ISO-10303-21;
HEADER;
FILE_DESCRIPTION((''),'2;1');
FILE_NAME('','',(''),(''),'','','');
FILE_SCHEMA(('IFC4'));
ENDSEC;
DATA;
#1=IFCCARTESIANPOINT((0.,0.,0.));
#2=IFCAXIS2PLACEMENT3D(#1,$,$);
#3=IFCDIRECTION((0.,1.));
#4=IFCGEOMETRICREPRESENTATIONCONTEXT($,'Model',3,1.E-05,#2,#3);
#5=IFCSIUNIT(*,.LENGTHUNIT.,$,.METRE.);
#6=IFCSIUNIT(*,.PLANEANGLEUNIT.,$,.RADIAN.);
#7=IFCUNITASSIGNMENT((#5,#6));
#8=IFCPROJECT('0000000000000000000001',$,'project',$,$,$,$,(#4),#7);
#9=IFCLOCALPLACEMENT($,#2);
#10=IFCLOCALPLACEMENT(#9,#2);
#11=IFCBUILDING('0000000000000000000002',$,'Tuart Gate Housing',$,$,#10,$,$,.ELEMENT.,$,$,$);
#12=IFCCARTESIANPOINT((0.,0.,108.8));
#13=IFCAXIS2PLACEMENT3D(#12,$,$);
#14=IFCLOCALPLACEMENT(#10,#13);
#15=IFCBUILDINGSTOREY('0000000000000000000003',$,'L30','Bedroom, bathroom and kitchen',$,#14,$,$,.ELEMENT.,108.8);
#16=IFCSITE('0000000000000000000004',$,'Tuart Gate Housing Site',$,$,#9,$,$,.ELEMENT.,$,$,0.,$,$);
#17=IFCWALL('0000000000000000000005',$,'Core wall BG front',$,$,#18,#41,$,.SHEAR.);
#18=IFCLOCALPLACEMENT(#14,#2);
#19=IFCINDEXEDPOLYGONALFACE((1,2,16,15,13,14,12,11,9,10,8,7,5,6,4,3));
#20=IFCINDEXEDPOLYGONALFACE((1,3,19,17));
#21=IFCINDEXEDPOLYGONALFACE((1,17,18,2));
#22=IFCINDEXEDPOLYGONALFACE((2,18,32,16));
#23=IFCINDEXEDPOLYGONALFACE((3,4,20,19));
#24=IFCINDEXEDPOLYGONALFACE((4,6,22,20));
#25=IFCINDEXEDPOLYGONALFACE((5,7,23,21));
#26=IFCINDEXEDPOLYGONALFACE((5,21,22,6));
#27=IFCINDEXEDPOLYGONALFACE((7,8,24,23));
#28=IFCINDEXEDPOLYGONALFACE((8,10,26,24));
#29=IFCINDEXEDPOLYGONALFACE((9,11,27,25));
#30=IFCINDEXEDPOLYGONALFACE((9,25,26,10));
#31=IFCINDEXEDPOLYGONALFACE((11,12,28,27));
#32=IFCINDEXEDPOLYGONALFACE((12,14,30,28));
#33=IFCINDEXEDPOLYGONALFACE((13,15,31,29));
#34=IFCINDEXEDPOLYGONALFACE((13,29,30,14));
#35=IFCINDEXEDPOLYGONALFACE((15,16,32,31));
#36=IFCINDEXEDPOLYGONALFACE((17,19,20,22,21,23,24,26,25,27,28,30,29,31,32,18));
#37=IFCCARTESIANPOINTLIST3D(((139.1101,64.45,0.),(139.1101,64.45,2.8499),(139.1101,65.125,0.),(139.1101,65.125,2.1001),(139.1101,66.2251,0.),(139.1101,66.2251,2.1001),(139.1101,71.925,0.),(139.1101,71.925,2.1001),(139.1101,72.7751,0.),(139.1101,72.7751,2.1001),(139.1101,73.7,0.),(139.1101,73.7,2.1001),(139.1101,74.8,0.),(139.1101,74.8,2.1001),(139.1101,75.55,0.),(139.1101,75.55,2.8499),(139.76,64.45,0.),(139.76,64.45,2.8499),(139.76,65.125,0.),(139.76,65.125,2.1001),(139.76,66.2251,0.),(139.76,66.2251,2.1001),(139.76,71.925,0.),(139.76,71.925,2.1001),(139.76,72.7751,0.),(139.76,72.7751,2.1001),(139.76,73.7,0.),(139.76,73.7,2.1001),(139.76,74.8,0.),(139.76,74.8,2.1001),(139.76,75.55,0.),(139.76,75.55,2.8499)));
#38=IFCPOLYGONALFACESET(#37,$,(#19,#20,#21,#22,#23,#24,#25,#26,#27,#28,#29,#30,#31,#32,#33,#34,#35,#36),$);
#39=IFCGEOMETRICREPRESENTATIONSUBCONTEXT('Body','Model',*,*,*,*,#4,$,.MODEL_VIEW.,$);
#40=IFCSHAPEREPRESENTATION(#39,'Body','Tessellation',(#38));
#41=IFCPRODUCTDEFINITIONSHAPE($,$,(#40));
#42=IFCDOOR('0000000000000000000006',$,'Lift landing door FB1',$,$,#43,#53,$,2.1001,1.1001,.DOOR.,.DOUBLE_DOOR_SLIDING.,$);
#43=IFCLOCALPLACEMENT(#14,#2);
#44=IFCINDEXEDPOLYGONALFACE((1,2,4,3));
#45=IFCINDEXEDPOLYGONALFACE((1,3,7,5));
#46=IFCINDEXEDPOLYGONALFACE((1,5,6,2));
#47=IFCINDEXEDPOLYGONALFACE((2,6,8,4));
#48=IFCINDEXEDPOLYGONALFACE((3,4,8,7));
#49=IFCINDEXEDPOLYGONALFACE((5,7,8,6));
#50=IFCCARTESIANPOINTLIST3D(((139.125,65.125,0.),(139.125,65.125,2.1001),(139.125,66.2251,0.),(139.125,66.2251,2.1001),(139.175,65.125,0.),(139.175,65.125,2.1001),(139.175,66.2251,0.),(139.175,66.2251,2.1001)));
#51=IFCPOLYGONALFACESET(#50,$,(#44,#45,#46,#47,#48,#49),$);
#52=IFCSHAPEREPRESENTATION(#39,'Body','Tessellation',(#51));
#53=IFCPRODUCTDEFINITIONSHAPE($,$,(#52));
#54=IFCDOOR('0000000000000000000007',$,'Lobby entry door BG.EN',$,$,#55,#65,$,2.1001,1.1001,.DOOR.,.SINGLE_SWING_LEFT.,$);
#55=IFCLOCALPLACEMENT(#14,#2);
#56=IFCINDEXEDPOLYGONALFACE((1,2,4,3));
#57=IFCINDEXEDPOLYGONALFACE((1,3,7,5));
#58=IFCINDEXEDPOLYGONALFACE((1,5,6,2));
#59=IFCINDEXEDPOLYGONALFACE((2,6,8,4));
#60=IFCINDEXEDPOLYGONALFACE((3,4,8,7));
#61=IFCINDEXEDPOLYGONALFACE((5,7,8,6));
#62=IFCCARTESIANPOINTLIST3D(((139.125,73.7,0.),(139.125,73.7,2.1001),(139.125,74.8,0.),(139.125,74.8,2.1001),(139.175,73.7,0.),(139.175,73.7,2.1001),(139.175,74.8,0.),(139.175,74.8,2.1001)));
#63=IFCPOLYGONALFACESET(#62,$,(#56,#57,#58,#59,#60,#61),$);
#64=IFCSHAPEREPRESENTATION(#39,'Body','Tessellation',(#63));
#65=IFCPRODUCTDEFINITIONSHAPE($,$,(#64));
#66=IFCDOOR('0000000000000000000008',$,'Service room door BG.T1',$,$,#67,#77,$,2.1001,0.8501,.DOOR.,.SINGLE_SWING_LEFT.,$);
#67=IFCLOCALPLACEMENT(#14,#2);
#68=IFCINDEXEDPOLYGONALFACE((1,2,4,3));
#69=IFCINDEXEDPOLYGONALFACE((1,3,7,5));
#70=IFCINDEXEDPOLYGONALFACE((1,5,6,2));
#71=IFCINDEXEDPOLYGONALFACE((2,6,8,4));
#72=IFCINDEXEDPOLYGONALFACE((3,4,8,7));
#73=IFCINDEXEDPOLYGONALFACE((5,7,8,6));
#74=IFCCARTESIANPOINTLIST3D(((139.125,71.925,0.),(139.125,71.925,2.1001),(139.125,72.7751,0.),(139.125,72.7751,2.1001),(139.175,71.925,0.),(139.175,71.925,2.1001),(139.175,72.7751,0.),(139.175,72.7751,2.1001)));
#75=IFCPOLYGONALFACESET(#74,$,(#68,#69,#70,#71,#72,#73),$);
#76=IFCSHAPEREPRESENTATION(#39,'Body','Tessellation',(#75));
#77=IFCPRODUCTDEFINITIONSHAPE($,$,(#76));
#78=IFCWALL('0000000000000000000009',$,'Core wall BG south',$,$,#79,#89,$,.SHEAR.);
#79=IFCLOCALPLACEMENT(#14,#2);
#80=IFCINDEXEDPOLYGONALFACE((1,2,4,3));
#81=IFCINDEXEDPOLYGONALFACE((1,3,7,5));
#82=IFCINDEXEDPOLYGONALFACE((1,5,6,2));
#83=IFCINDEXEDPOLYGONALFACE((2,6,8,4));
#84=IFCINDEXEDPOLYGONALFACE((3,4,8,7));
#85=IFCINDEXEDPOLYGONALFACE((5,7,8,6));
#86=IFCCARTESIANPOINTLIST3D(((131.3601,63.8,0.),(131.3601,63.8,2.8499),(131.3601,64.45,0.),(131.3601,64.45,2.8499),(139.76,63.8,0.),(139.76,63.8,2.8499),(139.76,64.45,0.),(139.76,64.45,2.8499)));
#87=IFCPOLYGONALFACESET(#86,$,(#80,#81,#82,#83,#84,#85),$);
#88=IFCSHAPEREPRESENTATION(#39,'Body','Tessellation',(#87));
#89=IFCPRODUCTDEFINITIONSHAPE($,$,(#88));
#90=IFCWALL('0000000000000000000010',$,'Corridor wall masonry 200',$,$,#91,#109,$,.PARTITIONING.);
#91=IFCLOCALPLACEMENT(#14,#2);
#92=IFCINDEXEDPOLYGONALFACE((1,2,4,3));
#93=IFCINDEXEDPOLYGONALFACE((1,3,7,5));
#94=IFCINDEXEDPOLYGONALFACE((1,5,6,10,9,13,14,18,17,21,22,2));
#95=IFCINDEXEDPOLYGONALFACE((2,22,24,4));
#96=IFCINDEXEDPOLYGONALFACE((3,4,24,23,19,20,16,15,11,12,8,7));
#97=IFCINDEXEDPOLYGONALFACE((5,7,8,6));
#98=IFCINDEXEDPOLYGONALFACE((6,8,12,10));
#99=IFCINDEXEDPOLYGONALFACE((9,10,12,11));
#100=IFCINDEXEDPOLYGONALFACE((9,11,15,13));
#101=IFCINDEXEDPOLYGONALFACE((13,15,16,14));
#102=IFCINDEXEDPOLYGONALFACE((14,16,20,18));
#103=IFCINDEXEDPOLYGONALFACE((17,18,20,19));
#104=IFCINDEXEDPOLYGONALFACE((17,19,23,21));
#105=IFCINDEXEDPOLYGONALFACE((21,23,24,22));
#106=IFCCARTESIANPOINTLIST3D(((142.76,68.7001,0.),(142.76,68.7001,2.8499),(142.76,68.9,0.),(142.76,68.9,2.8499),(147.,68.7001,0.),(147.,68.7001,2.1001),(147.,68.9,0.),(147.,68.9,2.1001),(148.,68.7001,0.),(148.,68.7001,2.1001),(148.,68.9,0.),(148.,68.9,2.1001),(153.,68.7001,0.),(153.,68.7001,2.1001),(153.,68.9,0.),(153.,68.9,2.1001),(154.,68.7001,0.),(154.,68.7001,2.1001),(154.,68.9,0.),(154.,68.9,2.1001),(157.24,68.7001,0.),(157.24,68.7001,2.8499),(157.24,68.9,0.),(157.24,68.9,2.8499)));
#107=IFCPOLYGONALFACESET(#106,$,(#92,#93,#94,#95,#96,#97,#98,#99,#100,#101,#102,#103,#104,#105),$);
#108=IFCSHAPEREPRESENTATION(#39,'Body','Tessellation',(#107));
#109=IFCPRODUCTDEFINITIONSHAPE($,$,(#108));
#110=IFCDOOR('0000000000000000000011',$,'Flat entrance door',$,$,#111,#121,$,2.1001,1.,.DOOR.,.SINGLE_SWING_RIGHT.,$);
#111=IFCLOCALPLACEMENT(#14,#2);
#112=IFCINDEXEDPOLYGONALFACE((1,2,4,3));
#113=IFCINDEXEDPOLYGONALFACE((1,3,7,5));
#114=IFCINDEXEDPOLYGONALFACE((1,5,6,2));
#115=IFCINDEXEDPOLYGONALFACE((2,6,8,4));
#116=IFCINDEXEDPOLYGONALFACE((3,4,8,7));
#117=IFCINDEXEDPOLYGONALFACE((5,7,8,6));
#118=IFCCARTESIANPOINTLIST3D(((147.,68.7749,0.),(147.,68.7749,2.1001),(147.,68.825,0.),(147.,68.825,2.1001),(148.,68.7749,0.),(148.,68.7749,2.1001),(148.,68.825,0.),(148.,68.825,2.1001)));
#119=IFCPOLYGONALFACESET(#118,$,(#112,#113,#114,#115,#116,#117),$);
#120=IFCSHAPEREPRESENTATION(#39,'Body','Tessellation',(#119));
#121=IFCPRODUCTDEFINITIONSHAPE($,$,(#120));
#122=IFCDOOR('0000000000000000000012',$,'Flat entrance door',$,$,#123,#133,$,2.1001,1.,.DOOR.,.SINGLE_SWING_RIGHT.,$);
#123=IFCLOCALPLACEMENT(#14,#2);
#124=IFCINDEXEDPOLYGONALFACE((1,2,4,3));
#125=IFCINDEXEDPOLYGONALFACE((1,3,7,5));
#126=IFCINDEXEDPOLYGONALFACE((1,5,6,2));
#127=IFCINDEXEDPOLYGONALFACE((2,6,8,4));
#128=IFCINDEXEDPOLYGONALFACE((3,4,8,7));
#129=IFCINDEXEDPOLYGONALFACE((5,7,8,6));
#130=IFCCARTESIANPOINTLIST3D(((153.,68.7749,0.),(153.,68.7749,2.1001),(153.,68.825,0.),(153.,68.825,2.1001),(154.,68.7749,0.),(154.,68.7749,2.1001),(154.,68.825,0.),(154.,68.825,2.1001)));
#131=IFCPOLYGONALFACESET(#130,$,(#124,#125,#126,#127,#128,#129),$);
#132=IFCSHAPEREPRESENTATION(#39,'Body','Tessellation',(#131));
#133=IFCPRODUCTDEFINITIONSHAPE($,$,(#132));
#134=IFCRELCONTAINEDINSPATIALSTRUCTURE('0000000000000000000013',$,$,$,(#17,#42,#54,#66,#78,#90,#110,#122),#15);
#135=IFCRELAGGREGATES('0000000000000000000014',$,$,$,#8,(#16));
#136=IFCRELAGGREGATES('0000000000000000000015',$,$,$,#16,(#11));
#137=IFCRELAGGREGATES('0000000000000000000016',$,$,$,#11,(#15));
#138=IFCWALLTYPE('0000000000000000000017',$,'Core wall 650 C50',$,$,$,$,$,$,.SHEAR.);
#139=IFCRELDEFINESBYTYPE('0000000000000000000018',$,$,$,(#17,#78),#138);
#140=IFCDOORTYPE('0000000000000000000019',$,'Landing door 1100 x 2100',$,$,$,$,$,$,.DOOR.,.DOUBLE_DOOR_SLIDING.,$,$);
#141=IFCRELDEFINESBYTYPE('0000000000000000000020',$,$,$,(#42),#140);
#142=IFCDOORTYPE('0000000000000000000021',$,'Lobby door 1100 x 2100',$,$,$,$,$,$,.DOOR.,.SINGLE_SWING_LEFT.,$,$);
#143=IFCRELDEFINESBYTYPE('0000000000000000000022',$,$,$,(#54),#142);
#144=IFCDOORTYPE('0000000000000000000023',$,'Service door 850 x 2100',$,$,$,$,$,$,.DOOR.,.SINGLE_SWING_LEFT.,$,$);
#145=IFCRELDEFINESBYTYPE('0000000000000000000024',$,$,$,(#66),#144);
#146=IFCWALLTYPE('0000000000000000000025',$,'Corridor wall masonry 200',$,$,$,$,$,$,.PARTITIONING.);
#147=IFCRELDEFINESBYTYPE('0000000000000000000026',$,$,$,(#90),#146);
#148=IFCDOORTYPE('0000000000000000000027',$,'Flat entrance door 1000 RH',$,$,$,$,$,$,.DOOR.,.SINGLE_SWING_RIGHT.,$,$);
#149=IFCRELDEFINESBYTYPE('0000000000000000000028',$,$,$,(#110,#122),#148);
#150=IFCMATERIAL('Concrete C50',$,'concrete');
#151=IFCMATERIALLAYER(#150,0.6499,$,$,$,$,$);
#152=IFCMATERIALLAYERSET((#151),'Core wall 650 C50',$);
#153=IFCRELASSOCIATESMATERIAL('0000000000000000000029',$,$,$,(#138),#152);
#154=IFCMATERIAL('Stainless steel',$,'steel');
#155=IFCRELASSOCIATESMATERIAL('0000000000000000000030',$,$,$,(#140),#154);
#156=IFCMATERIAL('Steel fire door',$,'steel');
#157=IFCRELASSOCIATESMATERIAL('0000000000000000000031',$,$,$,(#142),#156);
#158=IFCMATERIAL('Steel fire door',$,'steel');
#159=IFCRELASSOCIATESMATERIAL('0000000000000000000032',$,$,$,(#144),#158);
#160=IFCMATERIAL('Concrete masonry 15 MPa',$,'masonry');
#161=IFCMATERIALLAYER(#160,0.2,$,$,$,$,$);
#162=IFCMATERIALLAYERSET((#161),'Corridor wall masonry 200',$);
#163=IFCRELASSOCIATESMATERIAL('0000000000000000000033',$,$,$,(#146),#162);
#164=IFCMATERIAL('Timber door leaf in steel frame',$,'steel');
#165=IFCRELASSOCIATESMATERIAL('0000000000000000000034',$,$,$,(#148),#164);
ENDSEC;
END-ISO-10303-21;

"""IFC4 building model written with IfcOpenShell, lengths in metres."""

from ifc_helpers import new_model, si_unit, direction, frame, frame_2d, origin, place, context, subcontext, project, spatial, rectangle, extrude, material, layer, layer_set, type_object, element, fill, save


model = new_model("IFC4")

# Units and contexts
model_context = context("Model", 3, precision=1e-05, world=origin(), true_north=direction((0.0, 1.0)))
body_context = subcontext(model_context, "Body", "Model", "MODEL_VIEW")
ifc_project = project(units=[si_unit("LENGTHUNIT", "METRE"), si_unit("PLANEANGLEUNIT", "RADIAN")], contexts=[model_context])

# Site, building, storey
site_placement = place(None, origin())
site = spatial("IfcSite", under=ifc_project, at=site_placement, Name="Tuart Gate Housing Site", CompositionType="ELEMENT", RefElevation=0.0)
building_placement = place(site_placement, origin())
building = spatial("IfcBuilding", under=site, at=building_placement, Name="Tuart Gate Housing", CompositionType="ELEMENT")
storey_placement = place(building_placement, frame((0.0, 0.0, 108.8)))
storey = spatial("IfcBuildingStorey", under=building, at=storey_placement, Name="L30", Description="Bedroom, bathroom and kitchen", CompositionType="ELEMENT", Elevation=108.8)

# Wall, openings, doors
ifc_material_1 = material(Name="Concrete C50", Category="concrete")
ifc_layer_1 = layer(ifc_material_1, 0.6499)
ifc_layer_set_1 = layer_set([ifc_layer_1], Name="Core wall 650 C50")
wall_type_1 = type_object("IfcWallType", Name="Core wall 650 C50", PredefinedType="SHEAR", material=ifc_layer_set_1)
wall_1_placement = place(storey_placement, frame((139.4351, 64.45, 0.0), z_axis=(0.0, 0.0, 1.0), x_axis=(0.0, 1.0, 0.0)))
wall_1 = element("IfcWall", 1, at=wall_1_placement, inside=storey, type_object=wall_type_1, Name="Core wall BG front", PredefinedType="SHEAR", context=body_context, shape_type="SweptSolid", body=[
    extrude(rectangle(XDim=11.1001, YDim=0.6499, at=frame_2d((5.55, 0.0))), origin(), (0.0, 0.0, 1.0), 2.8499),
])
opening_1_placement = place(wall_1_placement, frame((0.675, 0.0, 0.0)))
opening_1 = element("IfcOpeningElement", 2, at=opening_1_placement, cuts=wall_1, PredefinedType="OPENING", context=body_context, shape_type="SweptSolid", body=[
    extrude(rectangle(XDim=1.1001, YDim=2.1001, at=frame_2d((0.55, 1.05))), frame((0.0, 0.335, 0.0), z_axis=(0.0, -1.0, 0.0), x_axis=(1.0, 0.0, 0.0)), (0.0, 0.0, 1.0), 0.6699),
])
opening_2_placement = place(wall_1_placement, frame((9.25, 0.0, 0.0)))
opening_2 = element("IfcOpeningElement", 3, at=opening_2_placement, cuts=wall_1, PredefinedType="OPENING", context=body_context, shape_type="SweptSolid", body=[
    extrude(rectangle(XDim=1.1001, YDim=2.1001, at=frame_2d((0.55, 1.05))), frame((0.0, 0.335, 0.0), z_axis=(0.0, -1.0, 0.0), x_axis=(1.0, 0.0, 0.0)), (0.0, 0.0, 1.0), 0.6699),
])
opening_3_placement = place(wall_1_placement, frame((7.4751, 0.0, 0.0)))
opening_3 = element("IfcOpeningElement", 4, at=opening_3_placement, cuts=wall_1, PredefinedType="OPENING", context=body_context, shape_type="SweptSolid", body=[
    extrude(rectangle(XDim=0.8501, YDim=2.1001, at=frame_2d((0.425, 1.05))), frame((0.0, 0.335, 0.0), z_axis=(0.0, -1.0, 0.0), x_axis=(1.0, 0.0, 0.0)), (0.0, 0.0, 1.0), 0.6699),
])
ifc_material_2 = material(Name="Stainless steel", Category="steel")
door_type_1 = type_object("IfcDoorType", Name="Landing door 1100 x 2100", OperationType="DOUBLE_DOOR_SLIDING", PredefinedType="DOOR", material=ifc_material_2)
door_1_placement = place(opening_1_placement, origin())
door_1 = element("IfcDoor", 5, at=door_1_placement, inside=storey, type_object=door_type_1, Name="Lift landing door FB1", OperationType="DOUBLE_DOOR_SLIDING", OverallHeight=2.1001, OverallWidth=1.1001, PredefinedType="DOOR", context=body_context, shape_type="SweptSolid", body=[
    extrude(rectangle(XDim=1.1001, YDim=2.1001, at=frame_2d((0.55, 1.05))), frame((0.0, 0.3101, 0.0), z_axis=(0.0, -1.0, 0.0), x_axis=(1.0, 0.0, 0.0)), (0.0, 0.0, 1.0), 0.05),
])
fill(opening_1, door_1)
ifc_material_3 = material(Name="Steel fire door", Category="steel")
door_type_2 = type_object("IfcDoorType", Name="Lobby door 1100 x 2100", OperationType="SINGLE_SWING_LEFT", PredefinedType="DOOR", material=ifc_material_3)
door_2_placement = place(opening_2_placement, origin())
door_2 = element("IfcDoor", 6, at=door_2_placement, inside=storey, type_object=door_type_2, Name="Lobby entry door BG.EN", OperationType="SINGLE_SWING_LEFT", OverallHeight=2.1001, OverallWidth=1.1001, PredefinedType="DOOR", context=body_context, shape_type="SweptSolid", body=[
    extrude(rectangle(XDim=1.1001, YDim=2.1001, at=frame_2d((0.55, 1.05))), frame((0.0, 0.3101, 0.0), z_axis=(0.0, -1.0, 0.0), x_axis=(1.0, 0.0, 0.0)), (0.0, 0.0, 1.0), 0.05),
])
fill(opening_2, door_2)
ifc_material_4 = material(Name="Steel fire door", Category="steel")
door_type_3 = type_object("IfcDoorType", Name="Service door 850 x 2100", OperationType="SINGLE_SWING_LEFT", PredefinedType="DOOR", material=ifc_material_4)
door_3_placement = place(opening_3_placement, origin())
door_3 = element("IfcDoor", 7, at=door_3_placement, inside=storey, type_object=door_type_3, Name="Service room door BG.T1", OperationType="SINGLE_SWING_LEFT", OverallHeight=2.1001, OverallWidth=0.8501, PredefinedType="DOOR", context=body_context, shape_type="SweptSolid", body=[
    extrude(rectangle(XDim=0.8501, YDim=2.1001, at=frame_2d((0.425, 1.05))), frame((0.0, 0.3101, 0.0), z_axis=(0.0, -1.0, 0.0), x_axis=(1.0, 0.0, 0.0)), (0.0, 0.0, 1.0), 0.05),
])
fill(opening_3, door_3)

# Wall
wall_2_placement = place(storey_placement, frame((139.76, 64.125, 0.0), z_axis=(0.0, 0.0, 1.0), x_axis=(-1.0, 0.0, 0.0)))
element("IfcWall", 8, at=wall_2_placement, inside=storey, type_object=wall_type_1, Name="Core wall BG south", PredefinedType="SHEAR", context=body_context, shape_type="SweptSolid", body=[
    extrude(rectangle(XDim=8.3999, YDim=0.6499, at=frame_2d((4.2, 0.0))), origin(), (0.0, 0.0, 1.0), 2.8499),
])

# Wall, openings, doors
ifc_material_5 = material(Name="Concrete masonry 15 MPa", Category="masonry")
ifc_layer_2 = layer(ifc_material_5, 0.2)
ifc_layer_set_2 = layer_set([ifc_layer_2], Name="Corridor wall masonry 200")
wall_type_2 = type_object("IfcWallType", Name="Corridor wall masonry 200", PredefinedType="PARTITIONING", material=ifc_layer_set_2)
wall_3_placement = place(storey_placement, frame((142.76, 68.8, 0.0), z_axis=(0.0, 0.0, 1.0), x_axis=(1.0, 0.0, 0.0)))
wall_3 = element("IfcWall", 9, at=wall_3_placement, inside=storey, type_object=wall_type_2, Name="Corridor wall masonry 200", PredefinedType="PARTITIONING", context=body_context, shape_type="SweptSolid", body=[
    extrude(rectangle(XDim=14.48, YDim=0.2, at=frame_2d((7.24, 0.0))), origin(), (0.0, 0.0, 1.0), 2.8499),
])
opening_4_placement = place(wall_3_placement, frame((4.24, 0.0, 0.0)))
opening_4 = element("IfcOpeningElement", 10, at=opening_4_placement, cuts=wall_3, PredefinedType="OPENING", context=body_context, shape_type="SweptSolid", body=[
    extrude(rectangle(XDim=1.0, YDim=2.1001, at=frame_2d((0.5, 1.05))), frame((0.0, 0.1099, 0.0), z_axis=(0.0, -1.0, 0.0), x_axis=(1.0, 0.0, 0.0)), (0.0, 0.0, 1.0), 0.22),
])
opening_5_placement = place(wall_3_placement, frame((10.24, 0.0, 0.0)))
opening_5 = element("IfcOpeningElement", 11, at=opening_5_placement, cuts=wall_3, PredefinedType="OPENING", context=body_context, shape_type="SweptSolid", body=[
    extrude(rectangle(XDim=1.0, YDim=2.1001, at=frame_2d((0.5, 1.05))), frame((0.0, 0.1099, 0.0), z_axis=(0.0, -1.0, 0.0), x_axis=(1.0, 0.0, 0.0)), (0.0, 0.0, 1.0), 0.22),
])
ifc_material_6 = material(Name="Timber door leaf in steel frame", Category="steel")
door_type_4 = type_object("IfcDoorType", Name="Flat entrance door 1000 RH", OperationType="SINGLE_SWING_RIGHT", PredefinedType="DOOR", material=ifc_material_6)
door_4_placement = place(opening_4_placement, frame((1.0, 0.0, 0.0), z_axis=(0.0, 0.0, 1.0), x_axis=(-1.0, 0.0, 0.0)))
door_4 = element("IfcDoor", 12, at=door_4_placement, inside=storey, type_object=door_type_4, Name="Flat entrance door", OperationType="SINGLE_SWING_RIGHT", OverallHeight=2.1001, OverallWidth=1.0, PredefinedType="DOOR", context=body_context, shape_type="SweptSolid", body=[
    extrude(rectangle(XDim=1.0, YDim=2.1001, at=frame_2d((0.5, 1.05))), frame((0.0, 0.0251, 0.0), z_axis=(0.0, -1.0, 0.0), x_axis=(1.0, 0.0, 0.0)), (0.0, 0.0, 1.0), 0.05),
])
fill(opening_4, door_4)
door_5_placement = place(opening_5_placement, frame((1.0, 0.0, 0.0), z_axis=(0.0, 0.0, 1.0), x_axis=(-1.0, 0.0, 0.0)))
door_5 = element("IfcDoor", 13, at=door_5_placement, inside=storey, type_object=door_type_4, Name="Flat entrance door", OperationType="SINGLE_SWING_RIGHT", OverallHeight=2.1001, OverallWidth=1.0, PredefinedType="DOOR", context=body_context, shape_type="SweptSolid", body=[
    extrude(rectangle(XDim=1.0, YDim=2.1001, at=frame_2d((0.5, 1.05))), frame((0.0, 0.0251, 0.0), z_axis=(0.0, -1.0, 0.0), x_axis=(1.0, 0.0, 0.0)), (0.0, 0.0, 1.0), 0.05),
])
fill(opening_5, door_5)

save(model, "model.ifc")
